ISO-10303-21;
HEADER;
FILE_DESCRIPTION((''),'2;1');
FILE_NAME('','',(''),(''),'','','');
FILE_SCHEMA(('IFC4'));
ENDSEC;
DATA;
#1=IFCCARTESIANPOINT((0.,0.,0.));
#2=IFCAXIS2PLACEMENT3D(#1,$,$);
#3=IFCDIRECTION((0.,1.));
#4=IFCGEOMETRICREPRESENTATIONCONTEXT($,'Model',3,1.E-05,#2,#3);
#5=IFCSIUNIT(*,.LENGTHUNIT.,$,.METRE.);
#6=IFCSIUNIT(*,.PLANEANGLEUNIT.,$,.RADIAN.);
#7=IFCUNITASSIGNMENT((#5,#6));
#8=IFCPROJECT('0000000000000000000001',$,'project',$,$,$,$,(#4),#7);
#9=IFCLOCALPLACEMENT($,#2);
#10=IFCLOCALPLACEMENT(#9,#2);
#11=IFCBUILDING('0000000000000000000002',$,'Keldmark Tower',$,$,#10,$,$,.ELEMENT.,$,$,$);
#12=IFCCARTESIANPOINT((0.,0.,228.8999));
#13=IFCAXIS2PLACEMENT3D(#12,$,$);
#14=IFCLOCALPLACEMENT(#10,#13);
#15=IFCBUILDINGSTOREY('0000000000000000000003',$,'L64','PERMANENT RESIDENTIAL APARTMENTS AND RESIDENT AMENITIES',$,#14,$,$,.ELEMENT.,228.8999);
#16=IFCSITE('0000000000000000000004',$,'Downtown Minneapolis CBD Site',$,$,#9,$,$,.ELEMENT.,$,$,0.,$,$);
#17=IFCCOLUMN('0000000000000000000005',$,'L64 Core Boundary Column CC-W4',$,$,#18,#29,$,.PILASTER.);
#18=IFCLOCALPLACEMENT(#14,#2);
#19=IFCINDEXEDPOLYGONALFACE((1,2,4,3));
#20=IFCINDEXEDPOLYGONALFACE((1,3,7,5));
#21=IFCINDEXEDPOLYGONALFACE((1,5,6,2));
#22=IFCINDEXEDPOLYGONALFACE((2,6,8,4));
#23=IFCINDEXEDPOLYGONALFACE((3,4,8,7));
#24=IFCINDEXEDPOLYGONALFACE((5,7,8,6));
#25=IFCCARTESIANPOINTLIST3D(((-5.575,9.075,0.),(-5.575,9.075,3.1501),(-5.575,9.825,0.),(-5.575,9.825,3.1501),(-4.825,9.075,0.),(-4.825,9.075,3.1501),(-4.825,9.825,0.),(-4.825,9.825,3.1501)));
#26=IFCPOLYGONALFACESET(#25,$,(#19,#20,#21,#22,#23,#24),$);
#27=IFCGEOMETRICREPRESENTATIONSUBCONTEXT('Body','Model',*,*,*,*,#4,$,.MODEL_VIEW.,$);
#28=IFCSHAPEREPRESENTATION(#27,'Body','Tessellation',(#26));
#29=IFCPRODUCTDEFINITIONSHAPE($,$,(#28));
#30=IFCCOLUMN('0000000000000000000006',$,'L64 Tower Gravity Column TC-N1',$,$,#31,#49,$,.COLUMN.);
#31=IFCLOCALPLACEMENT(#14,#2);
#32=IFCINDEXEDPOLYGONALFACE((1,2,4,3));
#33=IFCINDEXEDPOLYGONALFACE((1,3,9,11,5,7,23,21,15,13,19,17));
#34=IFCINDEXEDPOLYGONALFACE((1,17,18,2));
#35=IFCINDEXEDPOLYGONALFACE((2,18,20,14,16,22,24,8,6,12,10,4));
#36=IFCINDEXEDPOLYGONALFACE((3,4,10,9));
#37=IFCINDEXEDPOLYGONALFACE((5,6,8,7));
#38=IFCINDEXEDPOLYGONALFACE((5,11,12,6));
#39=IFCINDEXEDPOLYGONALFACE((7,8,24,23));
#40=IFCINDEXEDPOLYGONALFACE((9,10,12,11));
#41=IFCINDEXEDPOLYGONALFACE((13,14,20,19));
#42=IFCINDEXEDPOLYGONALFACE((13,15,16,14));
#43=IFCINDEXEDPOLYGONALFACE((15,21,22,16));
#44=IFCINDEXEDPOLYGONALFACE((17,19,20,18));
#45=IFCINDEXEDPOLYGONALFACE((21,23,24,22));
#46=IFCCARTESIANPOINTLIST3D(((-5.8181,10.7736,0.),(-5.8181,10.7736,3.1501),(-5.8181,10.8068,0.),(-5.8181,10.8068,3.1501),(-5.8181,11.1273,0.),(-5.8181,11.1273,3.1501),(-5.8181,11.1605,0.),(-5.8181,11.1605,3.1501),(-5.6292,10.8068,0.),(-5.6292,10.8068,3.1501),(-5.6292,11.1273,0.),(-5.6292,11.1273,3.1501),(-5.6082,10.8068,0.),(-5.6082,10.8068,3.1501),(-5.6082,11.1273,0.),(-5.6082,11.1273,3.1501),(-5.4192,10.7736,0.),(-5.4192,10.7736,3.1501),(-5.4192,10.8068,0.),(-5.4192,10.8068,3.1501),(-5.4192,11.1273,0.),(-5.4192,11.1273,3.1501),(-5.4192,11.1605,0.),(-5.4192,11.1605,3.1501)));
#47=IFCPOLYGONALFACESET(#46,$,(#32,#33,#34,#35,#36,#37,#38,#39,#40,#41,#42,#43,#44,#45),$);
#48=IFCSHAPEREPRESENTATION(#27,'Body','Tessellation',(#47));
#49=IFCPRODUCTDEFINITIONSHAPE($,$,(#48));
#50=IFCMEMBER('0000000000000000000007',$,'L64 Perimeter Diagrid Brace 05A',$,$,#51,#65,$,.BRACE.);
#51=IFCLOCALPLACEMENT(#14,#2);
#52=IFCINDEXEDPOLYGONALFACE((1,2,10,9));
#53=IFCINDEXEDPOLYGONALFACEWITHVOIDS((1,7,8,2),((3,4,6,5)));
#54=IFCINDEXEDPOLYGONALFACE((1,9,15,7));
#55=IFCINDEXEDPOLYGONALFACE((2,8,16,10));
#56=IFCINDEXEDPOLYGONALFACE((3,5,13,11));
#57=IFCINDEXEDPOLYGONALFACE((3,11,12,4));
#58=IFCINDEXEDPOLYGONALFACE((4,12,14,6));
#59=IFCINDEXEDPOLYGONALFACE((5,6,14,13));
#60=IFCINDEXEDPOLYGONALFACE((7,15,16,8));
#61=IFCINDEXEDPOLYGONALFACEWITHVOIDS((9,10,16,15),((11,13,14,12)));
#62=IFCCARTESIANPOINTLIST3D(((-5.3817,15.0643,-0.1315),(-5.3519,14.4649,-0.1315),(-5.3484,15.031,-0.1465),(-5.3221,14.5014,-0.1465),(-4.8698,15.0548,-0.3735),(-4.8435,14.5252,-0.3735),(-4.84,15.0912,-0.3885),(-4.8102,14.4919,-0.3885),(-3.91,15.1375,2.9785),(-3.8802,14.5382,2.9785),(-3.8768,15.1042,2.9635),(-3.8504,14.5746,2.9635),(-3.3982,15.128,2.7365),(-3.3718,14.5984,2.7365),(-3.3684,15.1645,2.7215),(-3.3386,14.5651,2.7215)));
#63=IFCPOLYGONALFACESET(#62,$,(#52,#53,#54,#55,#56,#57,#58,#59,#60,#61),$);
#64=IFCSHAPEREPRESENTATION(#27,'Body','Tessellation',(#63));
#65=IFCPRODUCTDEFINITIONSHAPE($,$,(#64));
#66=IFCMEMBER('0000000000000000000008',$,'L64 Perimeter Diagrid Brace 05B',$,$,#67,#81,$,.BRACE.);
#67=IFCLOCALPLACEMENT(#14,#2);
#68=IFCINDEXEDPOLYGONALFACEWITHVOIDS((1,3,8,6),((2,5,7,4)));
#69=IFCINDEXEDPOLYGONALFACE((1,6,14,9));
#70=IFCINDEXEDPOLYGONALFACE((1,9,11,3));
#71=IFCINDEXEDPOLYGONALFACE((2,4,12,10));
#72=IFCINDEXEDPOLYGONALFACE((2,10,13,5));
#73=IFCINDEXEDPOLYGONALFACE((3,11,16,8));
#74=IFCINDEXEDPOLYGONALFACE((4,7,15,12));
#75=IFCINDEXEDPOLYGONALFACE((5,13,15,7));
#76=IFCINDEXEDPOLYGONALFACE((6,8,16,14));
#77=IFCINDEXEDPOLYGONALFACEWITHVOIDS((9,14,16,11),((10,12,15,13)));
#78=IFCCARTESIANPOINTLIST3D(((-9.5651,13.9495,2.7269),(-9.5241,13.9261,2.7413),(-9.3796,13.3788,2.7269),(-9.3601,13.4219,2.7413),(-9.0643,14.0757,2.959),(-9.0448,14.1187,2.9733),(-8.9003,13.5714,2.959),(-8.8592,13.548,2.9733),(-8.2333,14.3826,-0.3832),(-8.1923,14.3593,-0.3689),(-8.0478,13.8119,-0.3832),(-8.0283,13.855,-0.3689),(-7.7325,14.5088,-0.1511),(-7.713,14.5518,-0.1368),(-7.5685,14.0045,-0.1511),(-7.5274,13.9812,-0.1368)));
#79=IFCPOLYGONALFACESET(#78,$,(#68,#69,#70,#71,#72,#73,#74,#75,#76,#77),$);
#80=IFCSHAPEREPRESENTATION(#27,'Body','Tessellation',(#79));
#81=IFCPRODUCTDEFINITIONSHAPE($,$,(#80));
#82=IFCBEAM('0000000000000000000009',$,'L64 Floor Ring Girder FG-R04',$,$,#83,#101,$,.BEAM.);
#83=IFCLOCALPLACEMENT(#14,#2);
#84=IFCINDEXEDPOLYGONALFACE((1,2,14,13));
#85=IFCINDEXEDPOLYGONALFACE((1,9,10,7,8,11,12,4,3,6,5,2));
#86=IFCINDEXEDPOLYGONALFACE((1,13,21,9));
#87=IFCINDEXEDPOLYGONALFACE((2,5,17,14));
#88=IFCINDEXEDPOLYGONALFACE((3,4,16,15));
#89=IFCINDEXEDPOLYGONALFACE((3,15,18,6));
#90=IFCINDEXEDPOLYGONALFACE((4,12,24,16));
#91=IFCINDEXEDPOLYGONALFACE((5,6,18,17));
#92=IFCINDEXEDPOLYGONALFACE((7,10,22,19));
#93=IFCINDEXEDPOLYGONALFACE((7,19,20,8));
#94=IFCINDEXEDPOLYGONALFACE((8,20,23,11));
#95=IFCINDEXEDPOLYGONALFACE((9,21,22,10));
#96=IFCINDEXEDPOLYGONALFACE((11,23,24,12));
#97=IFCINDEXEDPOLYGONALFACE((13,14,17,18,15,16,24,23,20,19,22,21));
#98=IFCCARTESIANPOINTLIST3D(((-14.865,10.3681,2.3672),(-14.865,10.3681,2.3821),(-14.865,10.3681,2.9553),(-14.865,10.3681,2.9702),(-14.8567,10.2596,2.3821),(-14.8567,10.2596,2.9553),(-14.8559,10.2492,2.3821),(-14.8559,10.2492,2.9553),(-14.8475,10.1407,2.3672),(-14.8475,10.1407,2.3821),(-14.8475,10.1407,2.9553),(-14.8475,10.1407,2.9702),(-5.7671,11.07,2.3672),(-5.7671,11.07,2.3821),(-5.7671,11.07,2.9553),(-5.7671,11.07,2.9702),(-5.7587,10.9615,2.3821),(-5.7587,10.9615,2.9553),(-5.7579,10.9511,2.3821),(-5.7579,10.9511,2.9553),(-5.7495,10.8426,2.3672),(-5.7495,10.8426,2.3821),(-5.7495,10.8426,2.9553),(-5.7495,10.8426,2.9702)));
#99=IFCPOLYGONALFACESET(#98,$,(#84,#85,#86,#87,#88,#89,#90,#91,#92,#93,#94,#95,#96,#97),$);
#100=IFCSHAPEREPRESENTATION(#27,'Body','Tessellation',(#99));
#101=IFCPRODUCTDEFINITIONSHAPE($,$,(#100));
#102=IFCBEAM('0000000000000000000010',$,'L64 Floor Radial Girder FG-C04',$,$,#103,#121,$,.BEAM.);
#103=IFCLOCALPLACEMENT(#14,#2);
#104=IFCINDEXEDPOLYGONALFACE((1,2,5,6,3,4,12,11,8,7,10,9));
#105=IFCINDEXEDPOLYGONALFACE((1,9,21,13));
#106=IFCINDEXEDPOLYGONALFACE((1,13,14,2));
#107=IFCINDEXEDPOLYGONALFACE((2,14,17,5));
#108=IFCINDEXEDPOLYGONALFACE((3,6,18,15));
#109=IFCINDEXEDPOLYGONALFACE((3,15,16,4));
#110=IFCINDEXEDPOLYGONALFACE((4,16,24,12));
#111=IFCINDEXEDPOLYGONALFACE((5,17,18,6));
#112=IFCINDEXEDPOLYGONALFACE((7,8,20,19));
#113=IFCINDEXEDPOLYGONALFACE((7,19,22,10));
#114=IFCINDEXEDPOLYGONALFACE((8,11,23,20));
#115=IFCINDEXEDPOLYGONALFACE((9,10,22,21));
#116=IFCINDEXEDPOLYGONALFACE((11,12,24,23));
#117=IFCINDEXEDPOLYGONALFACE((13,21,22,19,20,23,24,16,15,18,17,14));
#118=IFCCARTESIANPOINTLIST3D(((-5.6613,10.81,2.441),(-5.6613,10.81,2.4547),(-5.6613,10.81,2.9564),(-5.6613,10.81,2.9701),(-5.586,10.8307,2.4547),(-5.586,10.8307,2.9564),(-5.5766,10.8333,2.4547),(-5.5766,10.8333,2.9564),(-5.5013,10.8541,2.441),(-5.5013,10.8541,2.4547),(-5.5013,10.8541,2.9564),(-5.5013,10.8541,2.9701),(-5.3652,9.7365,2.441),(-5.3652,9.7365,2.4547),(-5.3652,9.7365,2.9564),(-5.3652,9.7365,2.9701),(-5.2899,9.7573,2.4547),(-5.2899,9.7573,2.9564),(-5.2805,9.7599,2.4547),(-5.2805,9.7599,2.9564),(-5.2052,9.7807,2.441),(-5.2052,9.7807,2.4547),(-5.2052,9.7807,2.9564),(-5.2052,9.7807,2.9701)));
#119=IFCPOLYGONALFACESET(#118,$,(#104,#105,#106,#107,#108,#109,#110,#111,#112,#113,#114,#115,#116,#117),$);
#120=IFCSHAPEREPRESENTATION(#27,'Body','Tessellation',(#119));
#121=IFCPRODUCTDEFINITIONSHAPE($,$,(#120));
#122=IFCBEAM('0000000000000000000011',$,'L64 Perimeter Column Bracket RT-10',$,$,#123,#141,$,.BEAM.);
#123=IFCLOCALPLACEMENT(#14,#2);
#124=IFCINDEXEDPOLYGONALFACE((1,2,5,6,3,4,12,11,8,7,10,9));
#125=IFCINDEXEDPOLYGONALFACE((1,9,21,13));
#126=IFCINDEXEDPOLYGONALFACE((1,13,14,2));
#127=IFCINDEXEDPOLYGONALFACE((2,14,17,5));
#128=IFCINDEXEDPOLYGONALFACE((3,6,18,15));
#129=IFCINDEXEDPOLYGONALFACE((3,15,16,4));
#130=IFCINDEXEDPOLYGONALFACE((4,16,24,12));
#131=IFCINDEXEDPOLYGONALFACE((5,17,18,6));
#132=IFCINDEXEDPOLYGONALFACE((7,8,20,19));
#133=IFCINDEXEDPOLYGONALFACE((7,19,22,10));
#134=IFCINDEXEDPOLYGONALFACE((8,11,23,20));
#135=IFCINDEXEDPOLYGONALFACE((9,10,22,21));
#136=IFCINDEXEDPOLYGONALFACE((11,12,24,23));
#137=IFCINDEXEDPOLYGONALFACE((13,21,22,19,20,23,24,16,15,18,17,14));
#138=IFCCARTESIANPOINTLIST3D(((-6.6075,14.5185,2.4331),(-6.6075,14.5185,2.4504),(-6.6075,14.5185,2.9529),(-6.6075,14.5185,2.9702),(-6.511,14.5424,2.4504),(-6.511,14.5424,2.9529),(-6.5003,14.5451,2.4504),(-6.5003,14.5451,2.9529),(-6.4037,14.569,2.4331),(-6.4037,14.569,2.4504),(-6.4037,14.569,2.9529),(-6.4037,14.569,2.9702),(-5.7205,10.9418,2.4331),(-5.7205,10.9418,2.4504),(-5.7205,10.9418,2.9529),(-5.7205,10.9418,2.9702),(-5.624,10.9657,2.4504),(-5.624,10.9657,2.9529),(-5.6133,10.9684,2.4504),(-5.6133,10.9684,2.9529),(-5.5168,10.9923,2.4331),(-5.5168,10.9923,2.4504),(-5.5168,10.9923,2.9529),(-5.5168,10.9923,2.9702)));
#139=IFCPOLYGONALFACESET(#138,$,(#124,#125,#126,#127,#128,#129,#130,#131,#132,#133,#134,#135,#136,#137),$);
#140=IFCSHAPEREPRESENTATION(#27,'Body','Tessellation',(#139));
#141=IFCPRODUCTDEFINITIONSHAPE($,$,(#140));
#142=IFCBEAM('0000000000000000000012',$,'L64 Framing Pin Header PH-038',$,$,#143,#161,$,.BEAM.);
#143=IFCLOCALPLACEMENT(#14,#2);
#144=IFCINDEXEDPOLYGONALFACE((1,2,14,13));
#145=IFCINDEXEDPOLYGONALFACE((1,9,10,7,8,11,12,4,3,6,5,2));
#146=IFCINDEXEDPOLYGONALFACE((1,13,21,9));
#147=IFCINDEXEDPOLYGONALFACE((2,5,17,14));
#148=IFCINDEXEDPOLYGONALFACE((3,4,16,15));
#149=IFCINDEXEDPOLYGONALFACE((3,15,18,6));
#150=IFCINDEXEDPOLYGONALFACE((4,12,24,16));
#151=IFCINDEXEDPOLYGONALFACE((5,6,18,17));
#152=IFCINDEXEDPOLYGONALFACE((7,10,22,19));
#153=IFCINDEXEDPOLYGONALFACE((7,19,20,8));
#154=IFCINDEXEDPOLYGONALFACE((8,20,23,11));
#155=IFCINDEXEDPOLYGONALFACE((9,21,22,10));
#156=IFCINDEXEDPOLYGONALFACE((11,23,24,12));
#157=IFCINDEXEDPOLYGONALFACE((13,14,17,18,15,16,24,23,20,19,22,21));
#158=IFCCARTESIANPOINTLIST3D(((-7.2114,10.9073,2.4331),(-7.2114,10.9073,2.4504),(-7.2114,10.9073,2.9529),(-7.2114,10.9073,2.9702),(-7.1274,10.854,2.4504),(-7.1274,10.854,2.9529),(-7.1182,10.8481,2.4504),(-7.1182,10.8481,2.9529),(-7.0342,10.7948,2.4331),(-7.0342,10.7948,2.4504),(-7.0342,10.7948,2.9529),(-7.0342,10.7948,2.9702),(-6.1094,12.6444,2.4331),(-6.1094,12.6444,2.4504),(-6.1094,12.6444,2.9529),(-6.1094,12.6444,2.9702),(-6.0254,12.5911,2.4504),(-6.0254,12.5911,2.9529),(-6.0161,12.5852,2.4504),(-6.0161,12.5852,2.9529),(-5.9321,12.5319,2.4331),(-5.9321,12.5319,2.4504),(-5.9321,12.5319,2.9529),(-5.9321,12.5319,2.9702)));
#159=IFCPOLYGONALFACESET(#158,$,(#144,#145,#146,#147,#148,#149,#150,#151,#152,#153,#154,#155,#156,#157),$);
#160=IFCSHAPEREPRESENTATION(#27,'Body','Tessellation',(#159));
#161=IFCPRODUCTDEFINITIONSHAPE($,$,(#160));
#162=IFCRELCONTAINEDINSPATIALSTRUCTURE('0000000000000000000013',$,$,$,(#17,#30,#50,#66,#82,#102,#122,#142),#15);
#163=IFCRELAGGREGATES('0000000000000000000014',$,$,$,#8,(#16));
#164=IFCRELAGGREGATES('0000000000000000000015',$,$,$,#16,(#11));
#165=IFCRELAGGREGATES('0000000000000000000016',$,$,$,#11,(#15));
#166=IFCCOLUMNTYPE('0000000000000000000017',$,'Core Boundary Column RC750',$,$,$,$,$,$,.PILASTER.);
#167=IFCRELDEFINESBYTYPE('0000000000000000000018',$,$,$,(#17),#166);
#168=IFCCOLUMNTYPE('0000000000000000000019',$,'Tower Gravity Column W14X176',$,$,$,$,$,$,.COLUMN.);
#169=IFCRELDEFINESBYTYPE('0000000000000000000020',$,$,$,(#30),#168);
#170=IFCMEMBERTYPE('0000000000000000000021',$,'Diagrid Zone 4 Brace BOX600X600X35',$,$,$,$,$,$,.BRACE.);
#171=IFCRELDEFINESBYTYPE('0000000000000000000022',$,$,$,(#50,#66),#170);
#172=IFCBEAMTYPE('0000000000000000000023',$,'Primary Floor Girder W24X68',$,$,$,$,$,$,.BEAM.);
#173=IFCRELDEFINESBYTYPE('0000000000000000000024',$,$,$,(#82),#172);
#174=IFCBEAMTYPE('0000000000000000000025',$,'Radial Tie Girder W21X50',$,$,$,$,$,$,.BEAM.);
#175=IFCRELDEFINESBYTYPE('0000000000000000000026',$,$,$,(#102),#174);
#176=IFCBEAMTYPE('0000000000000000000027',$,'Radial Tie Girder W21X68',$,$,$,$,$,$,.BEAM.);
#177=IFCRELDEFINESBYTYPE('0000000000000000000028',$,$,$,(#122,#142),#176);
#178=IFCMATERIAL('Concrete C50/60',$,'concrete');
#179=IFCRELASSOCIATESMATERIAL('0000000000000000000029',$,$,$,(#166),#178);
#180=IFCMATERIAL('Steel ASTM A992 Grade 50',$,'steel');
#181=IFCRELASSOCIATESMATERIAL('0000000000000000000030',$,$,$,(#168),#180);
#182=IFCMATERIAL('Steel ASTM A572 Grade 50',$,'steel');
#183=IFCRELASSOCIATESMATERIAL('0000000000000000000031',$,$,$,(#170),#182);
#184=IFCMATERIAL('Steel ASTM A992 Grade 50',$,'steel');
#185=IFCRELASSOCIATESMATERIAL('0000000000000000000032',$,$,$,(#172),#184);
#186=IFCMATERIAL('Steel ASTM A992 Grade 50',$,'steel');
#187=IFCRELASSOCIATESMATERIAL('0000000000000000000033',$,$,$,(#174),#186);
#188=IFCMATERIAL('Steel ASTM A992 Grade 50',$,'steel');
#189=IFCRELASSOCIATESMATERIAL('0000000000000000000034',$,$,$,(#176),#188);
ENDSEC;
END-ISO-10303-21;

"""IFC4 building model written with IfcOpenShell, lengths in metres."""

from ifc_helpers import new_model, si_unit, direction, frame, origin, origin_2d, place, context, subcontext, project, spatial, rectangle, hollow_rectangle, i_section, extrude, material, material_profile, profile_set, type_object, element, save


model = new_model("IFC4")

# Units and contexts
model_context = context("Model", 3, precision=1e-05, world=origin(), true_north=direction((0.0, 1.0)))
body_context = subcontext(model_context, "Body", "Model", "MODEL_VIEW")
ifc_project = project(units=[si_unit("LENGTHUNIT", "METRE"), si_unit("PLANEANGLEUNIT", "RADIAN")], contexts=[model_context])

# Site, building, storey
site_placement = place(None, origin())
site = spatial("IfcSite", under=ifc_project, at=site_placement, Name="Downtown Minneapolis CBD Site", CompositionType="ELEMENT", RefElevation=0.0)
building_placement = place(site_placement, origin())
building = spatial("IfcBuilding", under=site, at=building_placement, Name="Keldmark Tower", CompositionType="ELEMENT")
storey_placement = place(building_placement, frame((0.0, 0.0, 228.8999)))
storey = spatial("IfcBuildingStorey", under=building, at=storey_placement, Name="L64", Description="PERMANENT RESIDENTIAL APARTMENTS AND RESIDENT AMENITIES", CompositionType="ELEMENT", Elevation=228.8999)

# Columns
ifc_material_1 = material(Name="Concrete C50/60", Category="concrete")
ifc_material_profile_1 = material_profile(ifc_material_1, rectangle(XDim=0.75, YDim=0.75, at=origin_2d()), Name="RC750X750")
ifc_profile_set_1 = profile_set([ifc_material_profile_1], Name="Concrete C50/60")
column_type_1 = type_object("IfcColumnType", Name="Core Boundary Column RC750", PredefinedType="PILASTER", material=ifc_profile_set_1)
column_1_placement = place(storey_placement, frame((-5.2, 9.45, 0.0), z_axis=(0.0, 0.0, 1.0), x_axis=(1.0, 0.0, 0.0)))
element("IfcColumn", 1, at=column_1_placement, inside=storey, type_object=column_type_1, Name="L64 Core Boundary Column CC-W4", PredefinedType="PILASTER", context=body_context, shape_type="SweptSolid", body=[
    extrude(rectangle(XDim=0.75, YDim=0.75, at=origin_2d()), origin(), (0.0, 0.0, 1.0), 3.1501),
])
ifc_material_2 = material(Name="Steel ASTM A992 Grade 50", Category="steel")
ifc_material_profile_2 = material_profile(ifc_material_2, i_section(OverallWidth=0.3989, OverallDepth=0.387, WebThickness=0.021, FlangeThickness=0.0332, at=origin_2d()), Name="W14X176")
ifc_profile_set_2 = profile_set([ifc_material_profile_2], Name="Steel ASTM A992 Grade 50")
column_type_2 = type_object("IfcColumnType", Name="Tower Gravity Column W14X176", PredefinedType="COLUMN", material=ifc_profile_set_2)
column_2_placement = place(storey_placement, frame((-5.6187, 10.967, 0.0), z_axis=(0.0, 0.0, 1.0), x_axis=(1.0, 0.0, 0.0)))
element("IfcColumn", 2, at=column_2_placement, inside=storey, type_object=column_type_2, Name="L64 Tower Gravity Column TC-N1", PredefinedType="COLUMN", context=body_context, shape_type="SweptSolid", body=[
    extrude(i_section(OverallWidth=0.3989, OverallDepth=0.387, WebThickness=0.021, FlangeThickness=0.0332, at=origin_2d()), origin(), (0.0, 0.0, 1.0), 3.1501),
])

# Members
ifc_material_3 = material(Name="Steel ASTM A572 Grade 50", Category="steel")
ifc_material_profile_3 = material_profile(ifc_material_3, hollow_rectangle(XDim=0.6001, YDim=0.6001, WallThickness=0.0349, at=origin_2d()), Name="BOX600X600X35")
ifc_profile_set_3 = profile_set([ifc_material_profile_3], Name="Steel ASTM A572 Grade 50")
member_type = type_object("IfcMemberType", Name="Diagrid Zone 4 Brace BOX600X600X35", PredefinedType="BRACE", material=ifc_profile_set_3)
member_1_placement = place(storey_placement, frame((-5.0959, 14.7781, -0.26), z_axis=(0.427626, 0.021282, 0.903705), x_axis=(-0.049706, 0.998764, 0.0)))
element("IfcMember", 3, at=member_1_placement, inside=storey, type_object=member_type, Name="L64 Perimeter Diagrid Brace 05A", PredefinedType="BRACE", context=body_context, shape_type="SweptSolid", body=[
    extrude(hollow_rectangle(XDim=0.6001, YDim=0.6001, WallThickness=0.0349, at=origin_2d()), origin(), (0.0, 0.0, 1.0), 3.4414),
])
member_2_placement = place(storey_placement, frame((-7.8804, 14.1819, -0.26), z_axis=(-0.390454, -0.126978, 0.911823), x_axis=(0.309263, -0.950976, 0.0)))
element("IfcMember", 4, at=member_2_placement, inside=storey, type_object=member_type, Name="L64 Perimeter Diagrid Brace 05B", PredefinedType="BRACE", context=body_context, shape_type="SweptSolid", body=[
    extrude(hollow_rectangle(XDim=0.6001, YDim=0.6001, WallThickness=0.0349, at=origin_2d()), origin(), (0.0, 0.0, 1.0), 3.4109),
])

# Beams
ifc_material_4 = material(Name="Steel ASTM A992 Grade 50", Category="steel")
ifc_material_profile_4 = material_profile(ifc_material_4, i_section(OverallWidth=0.228, OverallDepth=0.603, WebThickness=0.0105, FlangeThickness=0.0149, at=origin_2d()), Name="W24X68")
ifc_profile_set_4 = profile_set([ifc_material_profile_4], Name="Steel ASTM A992 Grade 50")
beam_type_1 = type_object("IfcBeamType", Name="Primary Floor Girder W24X68", PredefinedType="BEAM", material=ifc_profile_set_4)
beam_1_placement = place(storey_placement, frame((-5.7583, 10.9563, 2.6687), z_axis=(-0.997037, -0.076922, 0.0), x_axis=(0.076922, -0.997037, 0.0)))
element("IfcBeam", 5, at=beam_1_placement, inside=storey, type_object=beam_type_1, Name="L64 Floor Ring Girder FG-R04", PredefinedType="BEAM", context=body_context, shape_type="SweptSolid", body=[
    extrude(i_section(OverallWidth=0.228, OverallDepth=0.603, WebThickness=0.0105, FlangeThickness=0.0149, at=origin_2d()), origin(), (0.0, 0.0, 1.0), 9.125),
])
ifc_material_5 = material(Name="Steel ASTM A992 Grade 50", Category="steel")
ifc_material_profile_5 = material_profile(ifc_material_5, i_section(OverallWidth=0.166, OverallDepth=0.5291, WebThickness=0.0098, FlangeThickness=0.0137, at=origin_2d()), Name="W21X50")
ifc_profile_set_5 = profile_set([ifc_material_profile_5], Name="Steel ASTM A992 Grade 50")
beam_type_2 = type_object("IfcBeamType", Name="Radial Tie Girder W21X50", PredefinedType="BEAM", material=ifc_profile_set_5)
beam_2_placement = place(storey_placement, frame((-5.5813, 10.832, 2.7056), z_axis=(0.265936, -0.963991, 0.0), x_axis=(0.963991, 0.265936, 0.0)))
element("IfcBeam", 6, at=beam_2_placement, inside=storey, type_object=beam_type_2, Name="L64 Floor Radial Girder FG-C04", PredefinedType="BEAM", context=body_context, shape_type="SweptSolid", body=[
    extrude(i_section(OverallWidth=0.166, OverallDepth=0.5291, WebThickness=0.0098, FlangeThickness=0.0137, at=origin_2d()), origin(), (0.0, 0.0, 1.0), 1.1135),
])
ifc_material_6 = material(Name="Steel ASTM A992 Grade 50", Category="steel")
ifc_material_profile_6 = material_profile(ifc_material_6, i_section(OverallWidth=0.21, OverallDepth=0.5371, WebThickness=0.011, FlangeThickness=0.0173, at=origin_2d()), Name="W21X68")
ifc_profile_set_6 = profile_set([ifc_material_profile_6], Name="Steel ASTM A992 Grade 50")
beam_type_3 = type_object("IfcBeamType", Name="Radial Tie Girder W21X68", PredefinedType="BEAM", material=ifc_profile_set_6)
beam_3_placement = place(storey_placement, frame((-5.6187, 10.967, 2.7017), z_axis=(-0.240696, 0.970601, 0.0), x_axis=(-0.970601, -0.240696, 0.0)))
element("IfcBeam", 7, at=beam_3_placement, inside=storey, type_object=beam_type_3, Name="L64 Perimeter Column Bracket RT-10", PredefinedType="BEAM", context=body_context, shape_type="SweptSolid", body=[
    extrude(i_section(OverallWidth=0.21, OverallDepth=0.5371, WebThickness=0.011, FlangeThickness=0.0173, at=origin_2d()), origin(), (0.0, 0.0, 1.0), 3.6851),
])
beam_4_placement = place(storey_placement, frame((-7.1228, 10.8511, 2.7017), z_axis=(0.535715, 0.844399, 0.0), x_axis=(-0.844399, 0.535715, 0.0)))
element("IfcBeam", 8, at=beam_4_placement, inside=storey, type_object=beam_type_3, Name="L64 Framing Pin Header PH-038", PredefinedType="BEAM", context=body_context, shape_type="SweptSolid", body=[
    extrude(i_section(OverallWidth=0.21, OverallDepth=0.5371, WebThickness=0.011, FlangeThickness=0.0173, at=origin_2d()), origin(), (0.0, 0.0, 1.0), 2.0571),
])

save(model, "model.ifc")
